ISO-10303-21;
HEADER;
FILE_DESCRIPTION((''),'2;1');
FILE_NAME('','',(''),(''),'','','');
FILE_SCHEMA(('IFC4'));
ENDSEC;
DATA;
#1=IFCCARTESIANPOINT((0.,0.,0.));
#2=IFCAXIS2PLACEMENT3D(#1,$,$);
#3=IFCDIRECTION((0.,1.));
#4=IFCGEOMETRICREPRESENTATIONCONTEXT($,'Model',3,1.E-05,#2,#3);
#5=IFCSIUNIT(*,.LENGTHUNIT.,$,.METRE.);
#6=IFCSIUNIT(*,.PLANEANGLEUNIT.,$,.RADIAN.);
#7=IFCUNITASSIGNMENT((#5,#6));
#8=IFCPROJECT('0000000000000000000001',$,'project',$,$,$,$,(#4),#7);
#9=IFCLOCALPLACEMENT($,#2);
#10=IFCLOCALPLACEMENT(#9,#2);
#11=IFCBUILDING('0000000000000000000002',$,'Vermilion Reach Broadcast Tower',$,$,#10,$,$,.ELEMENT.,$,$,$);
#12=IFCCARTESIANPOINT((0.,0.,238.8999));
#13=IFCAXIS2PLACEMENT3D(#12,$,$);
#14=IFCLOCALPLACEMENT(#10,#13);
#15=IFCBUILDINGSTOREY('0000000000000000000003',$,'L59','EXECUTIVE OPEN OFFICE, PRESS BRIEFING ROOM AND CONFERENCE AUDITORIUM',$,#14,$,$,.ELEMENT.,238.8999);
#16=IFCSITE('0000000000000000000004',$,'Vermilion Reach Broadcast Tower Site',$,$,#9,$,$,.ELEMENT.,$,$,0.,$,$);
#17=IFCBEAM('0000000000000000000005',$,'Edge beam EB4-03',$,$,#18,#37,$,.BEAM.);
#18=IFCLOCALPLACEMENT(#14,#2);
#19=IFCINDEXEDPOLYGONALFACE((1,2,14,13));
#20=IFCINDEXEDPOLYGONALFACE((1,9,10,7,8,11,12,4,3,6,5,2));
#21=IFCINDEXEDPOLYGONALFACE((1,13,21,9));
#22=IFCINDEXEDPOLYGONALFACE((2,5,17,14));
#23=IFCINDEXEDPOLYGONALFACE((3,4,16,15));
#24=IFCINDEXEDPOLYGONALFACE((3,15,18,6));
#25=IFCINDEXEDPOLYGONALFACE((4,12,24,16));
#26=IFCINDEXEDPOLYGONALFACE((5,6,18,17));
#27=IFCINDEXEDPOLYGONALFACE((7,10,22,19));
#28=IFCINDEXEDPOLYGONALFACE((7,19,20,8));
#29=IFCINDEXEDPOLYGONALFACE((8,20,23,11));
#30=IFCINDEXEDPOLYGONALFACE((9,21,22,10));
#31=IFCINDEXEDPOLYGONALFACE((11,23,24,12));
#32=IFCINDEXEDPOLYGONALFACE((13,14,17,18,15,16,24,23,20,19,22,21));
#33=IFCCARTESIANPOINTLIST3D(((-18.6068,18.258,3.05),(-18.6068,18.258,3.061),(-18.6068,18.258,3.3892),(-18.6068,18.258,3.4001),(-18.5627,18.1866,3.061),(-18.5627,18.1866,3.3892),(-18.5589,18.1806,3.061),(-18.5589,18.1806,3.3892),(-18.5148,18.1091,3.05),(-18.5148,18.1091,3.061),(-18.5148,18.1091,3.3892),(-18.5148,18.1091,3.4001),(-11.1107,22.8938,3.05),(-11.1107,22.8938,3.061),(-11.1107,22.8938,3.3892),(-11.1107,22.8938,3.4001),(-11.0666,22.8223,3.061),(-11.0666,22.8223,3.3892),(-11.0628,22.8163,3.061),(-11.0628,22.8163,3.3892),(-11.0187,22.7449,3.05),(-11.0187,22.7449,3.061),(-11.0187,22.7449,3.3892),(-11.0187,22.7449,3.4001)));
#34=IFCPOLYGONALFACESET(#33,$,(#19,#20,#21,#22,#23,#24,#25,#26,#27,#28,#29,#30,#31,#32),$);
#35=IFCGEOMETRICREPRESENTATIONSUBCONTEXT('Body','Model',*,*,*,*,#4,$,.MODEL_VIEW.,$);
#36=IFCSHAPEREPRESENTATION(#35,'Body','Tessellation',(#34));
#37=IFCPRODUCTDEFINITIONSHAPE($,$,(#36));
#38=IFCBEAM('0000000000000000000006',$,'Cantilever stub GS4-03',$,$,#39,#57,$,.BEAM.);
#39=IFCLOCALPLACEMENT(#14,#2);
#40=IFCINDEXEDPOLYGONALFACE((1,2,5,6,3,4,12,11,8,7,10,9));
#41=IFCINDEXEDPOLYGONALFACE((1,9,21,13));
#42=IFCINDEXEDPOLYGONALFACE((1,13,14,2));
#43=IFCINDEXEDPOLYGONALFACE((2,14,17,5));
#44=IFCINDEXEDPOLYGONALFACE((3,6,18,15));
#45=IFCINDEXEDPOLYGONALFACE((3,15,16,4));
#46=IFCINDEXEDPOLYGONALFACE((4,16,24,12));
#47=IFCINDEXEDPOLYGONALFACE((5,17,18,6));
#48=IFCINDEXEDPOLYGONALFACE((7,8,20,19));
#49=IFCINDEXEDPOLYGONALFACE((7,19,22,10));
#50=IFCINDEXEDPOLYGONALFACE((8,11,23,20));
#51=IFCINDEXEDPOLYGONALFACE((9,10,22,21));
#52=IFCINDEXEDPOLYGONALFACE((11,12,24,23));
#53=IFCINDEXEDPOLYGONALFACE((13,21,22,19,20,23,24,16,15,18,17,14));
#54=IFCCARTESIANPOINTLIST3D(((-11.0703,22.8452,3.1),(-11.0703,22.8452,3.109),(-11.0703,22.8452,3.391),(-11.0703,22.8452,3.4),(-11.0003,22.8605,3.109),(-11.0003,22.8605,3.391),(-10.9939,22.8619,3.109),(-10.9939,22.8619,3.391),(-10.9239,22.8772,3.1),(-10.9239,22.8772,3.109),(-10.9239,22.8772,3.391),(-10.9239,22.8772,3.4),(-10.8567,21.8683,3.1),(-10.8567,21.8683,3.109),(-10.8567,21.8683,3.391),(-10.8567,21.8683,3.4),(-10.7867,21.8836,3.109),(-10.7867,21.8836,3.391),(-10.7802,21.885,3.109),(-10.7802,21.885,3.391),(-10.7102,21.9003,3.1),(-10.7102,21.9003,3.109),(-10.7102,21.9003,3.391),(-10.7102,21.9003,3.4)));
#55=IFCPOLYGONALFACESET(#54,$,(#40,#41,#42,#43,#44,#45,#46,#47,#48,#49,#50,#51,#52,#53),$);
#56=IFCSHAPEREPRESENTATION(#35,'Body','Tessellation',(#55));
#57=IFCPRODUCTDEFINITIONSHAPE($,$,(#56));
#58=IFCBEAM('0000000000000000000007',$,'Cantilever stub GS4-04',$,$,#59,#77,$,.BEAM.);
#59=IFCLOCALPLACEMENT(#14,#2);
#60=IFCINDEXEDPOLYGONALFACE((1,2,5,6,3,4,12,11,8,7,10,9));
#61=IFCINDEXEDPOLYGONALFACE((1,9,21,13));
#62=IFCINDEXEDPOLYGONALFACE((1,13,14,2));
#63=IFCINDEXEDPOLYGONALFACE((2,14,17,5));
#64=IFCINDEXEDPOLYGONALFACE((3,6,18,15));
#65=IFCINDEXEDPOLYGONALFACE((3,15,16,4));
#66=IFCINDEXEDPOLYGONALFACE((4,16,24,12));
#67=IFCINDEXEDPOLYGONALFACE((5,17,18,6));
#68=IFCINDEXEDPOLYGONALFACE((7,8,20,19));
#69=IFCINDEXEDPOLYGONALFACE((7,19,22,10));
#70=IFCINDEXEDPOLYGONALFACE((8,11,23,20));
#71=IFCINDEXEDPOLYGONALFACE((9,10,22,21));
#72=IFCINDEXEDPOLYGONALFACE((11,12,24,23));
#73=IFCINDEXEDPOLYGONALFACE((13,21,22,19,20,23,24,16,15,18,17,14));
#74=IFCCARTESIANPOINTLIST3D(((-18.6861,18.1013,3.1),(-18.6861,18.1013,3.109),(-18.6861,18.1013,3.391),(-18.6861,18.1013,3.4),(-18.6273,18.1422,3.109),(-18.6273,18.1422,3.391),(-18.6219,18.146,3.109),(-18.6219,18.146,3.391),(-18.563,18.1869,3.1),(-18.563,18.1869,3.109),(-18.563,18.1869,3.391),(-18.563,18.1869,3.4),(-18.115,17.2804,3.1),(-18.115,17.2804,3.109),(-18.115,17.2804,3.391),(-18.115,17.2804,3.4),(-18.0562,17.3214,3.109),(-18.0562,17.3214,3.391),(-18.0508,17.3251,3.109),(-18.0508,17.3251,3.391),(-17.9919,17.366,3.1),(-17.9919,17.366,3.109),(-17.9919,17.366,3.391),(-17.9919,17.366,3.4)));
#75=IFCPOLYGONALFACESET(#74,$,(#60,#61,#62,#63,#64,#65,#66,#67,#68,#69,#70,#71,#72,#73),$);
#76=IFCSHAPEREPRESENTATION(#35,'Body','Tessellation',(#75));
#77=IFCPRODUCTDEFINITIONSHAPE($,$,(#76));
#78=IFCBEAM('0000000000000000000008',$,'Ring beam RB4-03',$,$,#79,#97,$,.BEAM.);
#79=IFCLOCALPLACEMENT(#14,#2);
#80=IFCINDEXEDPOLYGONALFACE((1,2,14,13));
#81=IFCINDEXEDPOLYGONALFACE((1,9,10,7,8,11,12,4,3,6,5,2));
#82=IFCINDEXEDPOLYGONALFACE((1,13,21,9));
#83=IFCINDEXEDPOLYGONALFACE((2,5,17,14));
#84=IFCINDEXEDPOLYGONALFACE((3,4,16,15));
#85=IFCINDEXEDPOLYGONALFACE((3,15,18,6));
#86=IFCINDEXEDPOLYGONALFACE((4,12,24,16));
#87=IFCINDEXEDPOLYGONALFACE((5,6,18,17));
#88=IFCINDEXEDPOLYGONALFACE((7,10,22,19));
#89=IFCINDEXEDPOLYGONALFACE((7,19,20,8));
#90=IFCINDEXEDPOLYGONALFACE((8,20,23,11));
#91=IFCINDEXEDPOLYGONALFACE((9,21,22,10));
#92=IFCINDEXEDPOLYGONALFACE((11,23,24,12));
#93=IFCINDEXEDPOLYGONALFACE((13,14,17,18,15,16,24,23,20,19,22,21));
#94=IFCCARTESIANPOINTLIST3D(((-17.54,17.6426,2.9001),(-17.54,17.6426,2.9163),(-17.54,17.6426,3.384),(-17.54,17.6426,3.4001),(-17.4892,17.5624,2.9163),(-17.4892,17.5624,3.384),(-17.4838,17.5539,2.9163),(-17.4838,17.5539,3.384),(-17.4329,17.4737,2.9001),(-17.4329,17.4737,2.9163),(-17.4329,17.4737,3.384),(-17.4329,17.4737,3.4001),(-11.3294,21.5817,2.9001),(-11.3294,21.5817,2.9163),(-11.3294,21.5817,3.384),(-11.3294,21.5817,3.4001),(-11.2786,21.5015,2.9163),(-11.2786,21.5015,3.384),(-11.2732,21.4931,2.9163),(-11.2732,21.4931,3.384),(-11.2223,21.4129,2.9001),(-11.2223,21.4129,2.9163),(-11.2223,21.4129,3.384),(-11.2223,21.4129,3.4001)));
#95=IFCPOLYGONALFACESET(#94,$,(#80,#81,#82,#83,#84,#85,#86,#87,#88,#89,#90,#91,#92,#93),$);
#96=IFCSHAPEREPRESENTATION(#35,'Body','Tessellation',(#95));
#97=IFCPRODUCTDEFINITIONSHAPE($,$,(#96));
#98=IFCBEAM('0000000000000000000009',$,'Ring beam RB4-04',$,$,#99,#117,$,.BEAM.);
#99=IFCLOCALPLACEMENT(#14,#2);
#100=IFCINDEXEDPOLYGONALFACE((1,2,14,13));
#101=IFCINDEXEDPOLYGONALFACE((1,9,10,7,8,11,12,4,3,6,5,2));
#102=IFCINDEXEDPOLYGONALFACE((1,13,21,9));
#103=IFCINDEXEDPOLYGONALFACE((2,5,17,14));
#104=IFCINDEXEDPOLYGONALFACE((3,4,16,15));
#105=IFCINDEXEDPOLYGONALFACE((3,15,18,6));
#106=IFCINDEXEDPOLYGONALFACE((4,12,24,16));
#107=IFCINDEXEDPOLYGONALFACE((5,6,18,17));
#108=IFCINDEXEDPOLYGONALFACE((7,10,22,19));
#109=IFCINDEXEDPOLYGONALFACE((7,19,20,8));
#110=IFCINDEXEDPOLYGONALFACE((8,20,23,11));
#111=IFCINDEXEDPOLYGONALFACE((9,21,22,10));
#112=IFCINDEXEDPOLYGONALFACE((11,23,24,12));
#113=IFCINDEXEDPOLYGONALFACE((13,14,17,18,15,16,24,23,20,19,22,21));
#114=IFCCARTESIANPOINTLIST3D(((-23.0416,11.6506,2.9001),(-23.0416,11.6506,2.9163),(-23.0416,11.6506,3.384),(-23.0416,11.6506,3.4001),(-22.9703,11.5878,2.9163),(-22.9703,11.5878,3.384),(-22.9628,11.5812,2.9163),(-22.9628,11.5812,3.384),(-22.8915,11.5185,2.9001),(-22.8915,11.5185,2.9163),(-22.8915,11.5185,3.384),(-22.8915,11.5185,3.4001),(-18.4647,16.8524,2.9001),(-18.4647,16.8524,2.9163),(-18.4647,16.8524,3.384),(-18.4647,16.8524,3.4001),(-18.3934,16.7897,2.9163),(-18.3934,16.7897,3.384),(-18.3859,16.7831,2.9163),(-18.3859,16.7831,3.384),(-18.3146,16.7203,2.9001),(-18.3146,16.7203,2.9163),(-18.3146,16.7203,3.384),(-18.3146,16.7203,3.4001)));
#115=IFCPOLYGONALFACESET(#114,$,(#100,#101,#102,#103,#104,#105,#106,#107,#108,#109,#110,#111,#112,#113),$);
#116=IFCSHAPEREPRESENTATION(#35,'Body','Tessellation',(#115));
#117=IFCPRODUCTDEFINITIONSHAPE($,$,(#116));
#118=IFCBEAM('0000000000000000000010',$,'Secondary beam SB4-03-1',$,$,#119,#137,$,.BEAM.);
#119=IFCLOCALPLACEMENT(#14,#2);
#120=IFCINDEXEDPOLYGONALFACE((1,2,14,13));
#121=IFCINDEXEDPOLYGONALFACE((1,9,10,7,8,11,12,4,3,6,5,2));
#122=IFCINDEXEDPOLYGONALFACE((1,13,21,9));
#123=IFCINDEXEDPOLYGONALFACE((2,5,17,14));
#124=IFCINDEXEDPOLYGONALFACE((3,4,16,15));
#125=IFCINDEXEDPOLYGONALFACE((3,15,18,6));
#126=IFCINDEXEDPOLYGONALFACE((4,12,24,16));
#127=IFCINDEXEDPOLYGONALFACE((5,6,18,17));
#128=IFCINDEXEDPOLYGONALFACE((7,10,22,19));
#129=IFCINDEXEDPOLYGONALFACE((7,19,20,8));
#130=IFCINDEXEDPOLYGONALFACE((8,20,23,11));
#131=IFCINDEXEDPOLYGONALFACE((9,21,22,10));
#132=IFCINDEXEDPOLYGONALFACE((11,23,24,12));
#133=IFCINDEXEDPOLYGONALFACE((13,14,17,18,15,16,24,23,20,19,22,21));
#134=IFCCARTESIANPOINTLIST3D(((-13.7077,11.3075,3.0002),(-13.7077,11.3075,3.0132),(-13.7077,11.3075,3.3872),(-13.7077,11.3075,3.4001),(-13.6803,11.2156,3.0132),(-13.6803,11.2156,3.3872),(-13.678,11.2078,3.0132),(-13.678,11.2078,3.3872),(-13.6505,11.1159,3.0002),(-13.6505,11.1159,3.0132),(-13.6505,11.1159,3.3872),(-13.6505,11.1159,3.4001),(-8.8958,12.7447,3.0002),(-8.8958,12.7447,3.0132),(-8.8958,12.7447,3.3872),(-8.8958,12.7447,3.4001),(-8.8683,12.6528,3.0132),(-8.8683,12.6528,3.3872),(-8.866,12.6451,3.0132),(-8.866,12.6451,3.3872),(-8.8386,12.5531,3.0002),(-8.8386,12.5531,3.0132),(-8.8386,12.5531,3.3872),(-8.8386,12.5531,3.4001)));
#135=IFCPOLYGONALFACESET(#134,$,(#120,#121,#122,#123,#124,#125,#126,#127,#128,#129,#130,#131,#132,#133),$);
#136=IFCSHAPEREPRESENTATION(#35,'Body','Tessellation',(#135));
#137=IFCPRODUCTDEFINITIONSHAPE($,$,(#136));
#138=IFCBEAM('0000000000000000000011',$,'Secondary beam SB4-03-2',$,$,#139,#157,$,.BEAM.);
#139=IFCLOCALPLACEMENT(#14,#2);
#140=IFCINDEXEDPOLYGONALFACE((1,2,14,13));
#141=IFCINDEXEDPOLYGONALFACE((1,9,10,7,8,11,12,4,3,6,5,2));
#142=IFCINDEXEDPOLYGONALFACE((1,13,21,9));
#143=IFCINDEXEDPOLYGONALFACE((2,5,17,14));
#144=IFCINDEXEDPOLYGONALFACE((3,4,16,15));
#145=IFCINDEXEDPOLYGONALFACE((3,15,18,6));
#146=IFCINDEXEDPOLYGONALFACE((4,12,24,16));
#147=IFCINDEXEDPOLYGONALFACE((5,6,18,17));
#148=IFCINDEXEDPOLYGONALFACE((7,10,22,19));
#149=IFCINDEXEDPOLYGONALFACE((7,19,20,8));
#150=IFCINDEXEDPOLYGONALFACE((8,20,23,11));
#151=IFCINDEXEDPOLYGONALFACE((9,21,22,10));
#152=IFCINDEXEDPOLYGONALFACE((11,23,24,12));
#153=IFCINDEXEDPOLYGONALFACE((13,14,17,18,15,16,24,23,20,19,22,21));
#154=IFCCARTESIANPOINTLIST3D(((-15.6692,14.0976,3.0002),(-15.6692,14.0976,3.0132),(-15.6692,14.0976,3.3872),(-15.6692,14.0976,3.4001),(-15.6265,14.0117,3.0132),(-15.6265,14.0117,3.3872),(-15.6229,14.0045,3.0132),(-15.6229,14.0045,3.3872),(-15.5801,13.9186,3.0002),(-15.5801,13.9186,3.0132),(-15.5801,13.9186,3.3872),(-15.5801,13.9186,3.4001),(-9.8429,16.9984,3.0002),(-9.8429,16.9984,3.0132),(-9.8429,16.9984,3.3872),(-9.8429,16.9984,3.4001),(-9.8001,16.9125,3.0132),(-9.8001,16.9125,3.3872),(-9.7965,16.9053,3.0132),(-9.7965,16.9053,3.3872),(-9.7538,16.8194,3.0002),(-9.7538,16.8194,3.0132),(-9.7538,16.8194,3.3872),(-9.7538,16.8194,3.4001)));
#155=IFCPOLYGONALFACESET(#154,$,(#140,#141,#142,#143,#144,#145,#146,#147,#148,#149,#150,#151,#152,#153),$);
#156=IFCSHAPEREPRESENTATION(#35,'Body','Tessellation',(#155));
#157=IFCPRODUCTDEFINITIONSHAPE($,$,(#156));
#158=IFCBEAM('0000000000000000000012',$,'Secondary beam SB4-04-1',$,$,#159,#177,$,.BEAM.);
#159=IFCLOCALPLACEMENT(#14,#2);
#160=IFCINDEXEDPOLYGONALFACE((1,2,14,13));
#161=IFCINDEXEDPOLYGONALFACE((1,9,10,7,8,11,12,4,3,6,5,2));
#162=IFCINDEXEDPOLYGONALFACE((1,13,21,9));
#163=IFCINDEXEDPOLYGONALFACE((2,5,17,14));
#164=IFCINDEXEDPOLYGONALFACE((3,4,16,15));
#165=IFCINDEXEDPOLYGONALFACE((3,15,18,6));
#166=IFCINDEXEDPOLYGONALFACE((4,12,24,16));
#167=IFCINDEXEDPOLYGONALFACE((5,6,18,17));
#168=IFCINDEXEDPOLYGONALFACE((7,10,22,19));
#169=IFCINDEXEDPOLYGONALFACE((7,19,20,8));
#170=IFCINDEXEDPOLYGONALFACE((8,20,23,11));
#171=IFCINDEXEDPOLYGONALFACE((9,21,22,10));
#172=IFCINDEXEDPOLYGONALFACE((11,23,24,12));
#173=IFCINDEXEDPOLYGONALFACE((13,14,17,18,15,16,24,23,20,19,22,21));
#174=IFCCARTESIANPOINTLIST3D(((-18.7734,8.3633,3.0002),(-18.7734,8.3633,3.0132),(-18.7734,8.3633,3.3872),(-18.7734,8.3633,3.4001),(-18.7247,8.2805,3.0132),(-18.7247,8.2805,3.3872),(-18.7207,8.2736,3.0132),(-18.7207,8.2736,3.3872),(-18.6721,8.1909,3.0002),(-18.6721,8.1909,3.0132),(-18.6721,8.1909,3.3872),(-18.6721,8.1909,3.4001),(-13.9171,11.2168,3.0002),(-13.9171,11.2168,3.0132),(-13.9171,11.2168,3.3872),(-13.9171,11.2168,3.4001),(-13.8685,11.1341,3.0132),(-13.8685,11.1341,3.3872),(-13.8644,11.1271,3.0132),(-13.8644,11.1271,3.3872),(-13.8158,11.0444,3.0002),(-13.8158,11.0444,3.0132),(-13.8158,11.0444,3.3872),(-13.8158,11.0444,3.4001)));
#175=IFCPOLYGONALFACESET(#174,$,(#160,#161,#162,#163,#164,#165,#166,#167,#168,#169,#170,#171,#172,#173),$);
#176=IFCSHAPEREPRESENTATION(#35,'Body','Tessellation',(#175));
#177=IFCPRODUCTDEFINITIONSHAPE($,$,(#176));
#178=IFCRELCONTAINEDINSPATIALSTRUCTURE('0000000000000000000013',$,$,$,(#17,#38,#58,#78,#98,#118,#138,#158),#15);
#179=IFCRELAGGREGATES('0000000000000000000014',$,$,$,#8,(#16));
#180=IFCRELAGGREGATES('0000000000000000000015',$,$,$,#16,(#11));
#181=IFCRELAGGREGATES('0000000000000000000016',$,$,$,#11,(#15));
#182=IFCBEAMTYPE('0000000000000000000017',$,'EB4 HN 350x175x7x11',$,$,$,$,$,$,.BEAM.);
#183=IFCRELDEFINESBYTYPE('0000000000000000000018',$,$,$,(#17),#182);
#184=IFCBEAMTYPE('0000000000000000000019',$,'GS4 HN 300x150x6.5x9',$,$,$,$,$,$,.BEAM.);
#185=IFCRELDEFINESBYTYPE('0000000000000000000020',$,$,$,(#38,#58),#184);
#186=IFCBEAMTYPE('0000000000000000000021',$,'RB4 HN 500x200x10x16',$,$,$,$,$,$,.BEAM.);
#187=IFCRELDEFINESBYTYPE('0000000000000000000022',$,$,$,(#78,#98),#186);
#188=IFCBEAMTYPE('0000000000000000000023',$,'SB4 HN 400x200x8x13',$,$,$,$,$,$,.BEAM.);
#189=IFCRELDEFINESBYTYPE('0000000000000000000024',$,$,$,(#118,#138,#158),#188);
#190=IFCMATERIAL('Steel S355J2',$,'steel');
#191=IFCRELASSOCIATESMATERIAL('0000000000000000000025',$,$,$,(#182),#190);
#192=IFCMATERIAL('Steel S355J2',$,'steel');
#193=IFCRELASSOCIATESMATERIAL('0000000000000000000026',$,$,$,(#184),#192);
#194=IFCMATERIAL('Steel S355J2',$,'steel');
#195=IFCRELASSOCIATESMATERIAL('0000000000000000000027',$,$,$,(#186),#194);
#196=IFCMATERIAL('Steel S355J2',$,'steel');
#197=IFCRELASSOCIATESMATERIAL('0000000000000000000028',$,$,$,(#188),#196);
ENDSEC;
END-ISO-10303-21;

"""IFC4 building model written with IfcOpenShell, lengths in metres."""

from ifc_helpers import new_model, si_unit, direction, frame, origin, origin_2d, place, context, subcontext, project, spatial, i_section, extrude, material, material_profile, profile_set, type_object, element, save


model = new_model("IFC4")

# Units and contexts
model_context = context("Model", 3, precision=1e-05, world=origin(), true_north=direction((0.0, 1.0)))
body_context = subcontext(model_context, "Body", "Model", "MODEL_VIEW")
ifc_project = project(units=[si_unit("LENGTHUNIT", "METRE"), si_unit("PLANEANGLEUNIT", "RADIAN")], contexts=[model_context])

# Site, building, storey
site_placement = place(None, origin())
site = spatial("IfcSite", under=ifc_project, at=site_placement, Name="Vermilion Reach Broadcast Tower Site", CompositionType="ELEMENT", RefElevation=0.0)
building_placement = place(site_placement, origin())
building = spatial("IfcBuilding", under=site, at=building_placement, Name="Vermilion Reach Broadcast Tower", CompositionType="ELEMENT")
storey_placement = place(building_placement, frame((0.0, 0.0, 238.8999)))
storey = spatial("IfcBuildingStorey", under=building, at=storey_placement, Name="L59", Description="EXECUTIVE OPEN OFFICE, PRESS BRIEFING ROOM AND CONFERENCE AUDITORIUM", CompositionType="ELEMENT", Elevation=238.8999)

# Beams
ifc_material_1 = material(Name="Steel S355J2", Category="steel")
ifc_material_profile_1 = material_profile(ifc_material_1, i_section(OverallWidth=0.175, OverallDepth=0.3501, WebThickness=0.0071, FlangeThickness=0.011, at=origin_2d()), Name="S355J2 HN 350x175x7x11")
ifc_profile_set_1 = profile_set([ifc_material_profile_1], Name="Steel S355J2")
beam_type_1 = type_object("IfcBeamType", Name="EB4 HN 350x175x7x11", PredefinedType="BEAM", material=ifc_profile_set_1)
beam_1_placement = place(storey_placement, frame((-11.0647, 22.8193, 3.2251), z_axis=(-0.850504, -0.525969, 0.0), x_axis=(0.525969, -0.850504, 0.0)))
element("IfcBeam", 1, at=beam_1_placement, inside=storey, type_object=beam_type_1, Name="Edge beam EB4-03", PredefinedType="BEAM", context=body_context, shape_type="SweptSolid", body=[
    extrude(i_section(OverallWidth=0.175, OverallDepth=0.3501, WebThickness=0.0071, FlangeThickness=0.011, at=origin_2d()), origin(), (0.0, 0.0, 1.0), 8.8137),
])
ifc_material_2 = material(Name="Steel S355J2", Category="steel")
ifc_material_profile_2 = material_profile(ifc_material_2, i_section(OverallWidth=0.1499, OverallDepth=0.3, WebThickness=0.0066, FlangeThickness=0.009, at=origin_2d()), Name="S355J2 HN 300x150x6.5x9")
ifc_profile_set_2 = profile_set([ifc_material_profile_2], Name="Steel S355J2")
beam_type_2 = type_object("IfcBeamType", Name="GS4 HN 300x150x6.5x9", PredefinedType="BEAM", material=ifc_profile_set_2)
for number, where, z_axis, x_axis, name in (
    (2, (-10.7834, 21.8843, 3.25), (-0.213646, 0.976911, 0.0), (-0.976911, -0.213646, 0.0), "Cantilever stub GS4-03"),
    (3, (-18.0535, 17.3232, 3.25), (-0.5711, 0.82088, 0.0), (-0.82088, -0.5711, 0.0), "Cantilever stub GS4-04"),
):
    element("IfcBeam", number, at=place(storey_placement, frame(where, z_axis=z_axis, x_axis=x_axis)), inside=storey, type_object=beam_type_2, Name=name, PredefinedType="BEAM", context=body_context, shape_type="SweptSolid", body=[
        extrude(i_section(OverallWidth=0.1499, OverallDepth=0.3, WebThickness=0.0066, FlangeThickness=0.009, at=origin_2d()), origin(), (0.0, 0.0, 1.0), 1.0),
    ])
ifc_material_3 = material(Name="Steel S355J2", Category="steel")
ifc_material_profile_3 = material_profile(ifc_material_3, i_section(OverallWidth=0.2, OverallDepth=0.5, WebThickness=0.01, FlangeThickness=0.0161, at=origin_2d()), Name="S355J2 HN 500x200x10x16")
ifc_profile_set_3 = profile_set([ifc_material_profile_3], Name="Steel S355J2")
beam_type_3 = type_object("IfcBeamType", Name="RB4 HN 500x200x10x16", PredefinedType="BEAM", material=ifc_profile_set_3)
beam_2_placement = place(storey_placement, frame((-11.2759, 21.4973, 3.1501), z_axis=(-0.844464, -0.535612, 0.0), x_axis=(0.535612, -0.844464, 0.0)))
element("IfcBeam", 4, at=beam_2_placement, inside=storey, type_object=beam_type_3, Name="Ring beam RB4-03", PredefinedType="BEAM", context=body_context, shape_type="SweptSolid", body=[
    extrude(i_section(OverallWidth=0.2, OverallDepth=0.5, WebThickness=0.01, FlangeThickness=0.0161, at=origin_2d()), origin(), (0.0, 0.0, 1.0), 7.3545),
])
beam_3_placement = place(storey_placement, frame((-18.3896, 16.7864, 3.1501), z_axis=(-0.660565, -0.750769, 0.0), x_axis=(0.750769, -0.660565, 0.0)))
element("IfcBeam", 5, at=beam_3_placement, inside=storey, type_object=beam_type_3, Name="Ring beam RB4-04", PredefinedType="BEAM", context=body_context, shape_type="SweptSolid", body=[
    extrude(i_section(OverallWidth=0.2, OverallDepth=0.5, WebThickness=0.01, FlangeThickness=0.0161, at=origin_2d()), origin(), (0.0, 0.0, 1.0), 6.9287),
])
ifc_material_4 = material(Name="Steel S355J2", Category="steel")
ifc_material_profile_4 = material_profile(ifc_material_4, i_section(OverallWidth=0.2, OverallDepth=0.3999, WebThickness=0.0081, FlangeThickness=0.0129, at=origin_2d()), Name="S355J2 HN 400x200x8x13")
ifc_profile_set_4 = profile_set([ifc_material_profile_4], Name="Steel S355J2")
beam_type_4 = type_object("IfcBeamType", Name="SB4 HN 400x200x8x13", PredefinedType="BEAM", material=ifc_profile_set_4)
beam_4_placement = place(storey_placement, frame((-8.8672, 12.6489, 3.2002), z_axis=(-0.958173, -0.286188, 0.0), x_axis=(0.286188, -0.958173, 0.0)))
element("IfcBeam", 6, at=beam_4_placement, inside=storey, type_object=beam_type_4, Name="Secondary beam SB4-03-1", PredefinedType="BEAM", context=body_context, shape_type="SweptSolid", body=[
    extrude(i_section(OverallWidth=0.2, OverallDepth=0.3999, WebThickness=0.0081, FlangeThickness=0.0129, at=origin_2d()), origin(), (0.0, 0.0, 1.0), 5.022),
])
beam_5_placement = place(storey_placement, frame((-9.7983, 16.9089, 3.2002), z_axis=(-0.895184, -0.445698, 0.0), x_axis=(0.445698, -0.895184, 0.0)))
element("IfcBeam", 7, at=beam_5_placement, inside=storey, type_object=beam_type_4, Name="Secondary beam SB4-03-2", PredefinedType="BEAM", context=body_context, shape_type="SweptSolid", body=[
    extrude(i_section(OverallWidth=0.2, OverallDepth=0.3999, WebThickness=0.0081, FlangeThickness=0.0129, at=origin_2d()), origin(), (0.0, 0.0, 1.0), 6.5085),
])
beam_6_placement = place(storey_placement, frame((-13.8665, 11.1306, 3.2002), z_axis=(-0.862173, -0.506615, 0.0), x_axis=(0.506615, -0.862173, 0.0)))
element("IfcBeam", 8, at=beam_6_placement, inside=storey, type_object=beam_type_4, Name="Secondary beam SB4-04-1", PredefinedType="BEAM", context=body_context, shape_type="SweptSolid", body=[
    extrude(i_section(OverallWidth=0.2, OverallDepth=0.3999, WebThickness=0.0081, FlangeThickness=0.0129, at=origin_2d()), origin(), (0.0, 0.0, 1.0), 5.6326),
])

save(model, "model.ifc")
